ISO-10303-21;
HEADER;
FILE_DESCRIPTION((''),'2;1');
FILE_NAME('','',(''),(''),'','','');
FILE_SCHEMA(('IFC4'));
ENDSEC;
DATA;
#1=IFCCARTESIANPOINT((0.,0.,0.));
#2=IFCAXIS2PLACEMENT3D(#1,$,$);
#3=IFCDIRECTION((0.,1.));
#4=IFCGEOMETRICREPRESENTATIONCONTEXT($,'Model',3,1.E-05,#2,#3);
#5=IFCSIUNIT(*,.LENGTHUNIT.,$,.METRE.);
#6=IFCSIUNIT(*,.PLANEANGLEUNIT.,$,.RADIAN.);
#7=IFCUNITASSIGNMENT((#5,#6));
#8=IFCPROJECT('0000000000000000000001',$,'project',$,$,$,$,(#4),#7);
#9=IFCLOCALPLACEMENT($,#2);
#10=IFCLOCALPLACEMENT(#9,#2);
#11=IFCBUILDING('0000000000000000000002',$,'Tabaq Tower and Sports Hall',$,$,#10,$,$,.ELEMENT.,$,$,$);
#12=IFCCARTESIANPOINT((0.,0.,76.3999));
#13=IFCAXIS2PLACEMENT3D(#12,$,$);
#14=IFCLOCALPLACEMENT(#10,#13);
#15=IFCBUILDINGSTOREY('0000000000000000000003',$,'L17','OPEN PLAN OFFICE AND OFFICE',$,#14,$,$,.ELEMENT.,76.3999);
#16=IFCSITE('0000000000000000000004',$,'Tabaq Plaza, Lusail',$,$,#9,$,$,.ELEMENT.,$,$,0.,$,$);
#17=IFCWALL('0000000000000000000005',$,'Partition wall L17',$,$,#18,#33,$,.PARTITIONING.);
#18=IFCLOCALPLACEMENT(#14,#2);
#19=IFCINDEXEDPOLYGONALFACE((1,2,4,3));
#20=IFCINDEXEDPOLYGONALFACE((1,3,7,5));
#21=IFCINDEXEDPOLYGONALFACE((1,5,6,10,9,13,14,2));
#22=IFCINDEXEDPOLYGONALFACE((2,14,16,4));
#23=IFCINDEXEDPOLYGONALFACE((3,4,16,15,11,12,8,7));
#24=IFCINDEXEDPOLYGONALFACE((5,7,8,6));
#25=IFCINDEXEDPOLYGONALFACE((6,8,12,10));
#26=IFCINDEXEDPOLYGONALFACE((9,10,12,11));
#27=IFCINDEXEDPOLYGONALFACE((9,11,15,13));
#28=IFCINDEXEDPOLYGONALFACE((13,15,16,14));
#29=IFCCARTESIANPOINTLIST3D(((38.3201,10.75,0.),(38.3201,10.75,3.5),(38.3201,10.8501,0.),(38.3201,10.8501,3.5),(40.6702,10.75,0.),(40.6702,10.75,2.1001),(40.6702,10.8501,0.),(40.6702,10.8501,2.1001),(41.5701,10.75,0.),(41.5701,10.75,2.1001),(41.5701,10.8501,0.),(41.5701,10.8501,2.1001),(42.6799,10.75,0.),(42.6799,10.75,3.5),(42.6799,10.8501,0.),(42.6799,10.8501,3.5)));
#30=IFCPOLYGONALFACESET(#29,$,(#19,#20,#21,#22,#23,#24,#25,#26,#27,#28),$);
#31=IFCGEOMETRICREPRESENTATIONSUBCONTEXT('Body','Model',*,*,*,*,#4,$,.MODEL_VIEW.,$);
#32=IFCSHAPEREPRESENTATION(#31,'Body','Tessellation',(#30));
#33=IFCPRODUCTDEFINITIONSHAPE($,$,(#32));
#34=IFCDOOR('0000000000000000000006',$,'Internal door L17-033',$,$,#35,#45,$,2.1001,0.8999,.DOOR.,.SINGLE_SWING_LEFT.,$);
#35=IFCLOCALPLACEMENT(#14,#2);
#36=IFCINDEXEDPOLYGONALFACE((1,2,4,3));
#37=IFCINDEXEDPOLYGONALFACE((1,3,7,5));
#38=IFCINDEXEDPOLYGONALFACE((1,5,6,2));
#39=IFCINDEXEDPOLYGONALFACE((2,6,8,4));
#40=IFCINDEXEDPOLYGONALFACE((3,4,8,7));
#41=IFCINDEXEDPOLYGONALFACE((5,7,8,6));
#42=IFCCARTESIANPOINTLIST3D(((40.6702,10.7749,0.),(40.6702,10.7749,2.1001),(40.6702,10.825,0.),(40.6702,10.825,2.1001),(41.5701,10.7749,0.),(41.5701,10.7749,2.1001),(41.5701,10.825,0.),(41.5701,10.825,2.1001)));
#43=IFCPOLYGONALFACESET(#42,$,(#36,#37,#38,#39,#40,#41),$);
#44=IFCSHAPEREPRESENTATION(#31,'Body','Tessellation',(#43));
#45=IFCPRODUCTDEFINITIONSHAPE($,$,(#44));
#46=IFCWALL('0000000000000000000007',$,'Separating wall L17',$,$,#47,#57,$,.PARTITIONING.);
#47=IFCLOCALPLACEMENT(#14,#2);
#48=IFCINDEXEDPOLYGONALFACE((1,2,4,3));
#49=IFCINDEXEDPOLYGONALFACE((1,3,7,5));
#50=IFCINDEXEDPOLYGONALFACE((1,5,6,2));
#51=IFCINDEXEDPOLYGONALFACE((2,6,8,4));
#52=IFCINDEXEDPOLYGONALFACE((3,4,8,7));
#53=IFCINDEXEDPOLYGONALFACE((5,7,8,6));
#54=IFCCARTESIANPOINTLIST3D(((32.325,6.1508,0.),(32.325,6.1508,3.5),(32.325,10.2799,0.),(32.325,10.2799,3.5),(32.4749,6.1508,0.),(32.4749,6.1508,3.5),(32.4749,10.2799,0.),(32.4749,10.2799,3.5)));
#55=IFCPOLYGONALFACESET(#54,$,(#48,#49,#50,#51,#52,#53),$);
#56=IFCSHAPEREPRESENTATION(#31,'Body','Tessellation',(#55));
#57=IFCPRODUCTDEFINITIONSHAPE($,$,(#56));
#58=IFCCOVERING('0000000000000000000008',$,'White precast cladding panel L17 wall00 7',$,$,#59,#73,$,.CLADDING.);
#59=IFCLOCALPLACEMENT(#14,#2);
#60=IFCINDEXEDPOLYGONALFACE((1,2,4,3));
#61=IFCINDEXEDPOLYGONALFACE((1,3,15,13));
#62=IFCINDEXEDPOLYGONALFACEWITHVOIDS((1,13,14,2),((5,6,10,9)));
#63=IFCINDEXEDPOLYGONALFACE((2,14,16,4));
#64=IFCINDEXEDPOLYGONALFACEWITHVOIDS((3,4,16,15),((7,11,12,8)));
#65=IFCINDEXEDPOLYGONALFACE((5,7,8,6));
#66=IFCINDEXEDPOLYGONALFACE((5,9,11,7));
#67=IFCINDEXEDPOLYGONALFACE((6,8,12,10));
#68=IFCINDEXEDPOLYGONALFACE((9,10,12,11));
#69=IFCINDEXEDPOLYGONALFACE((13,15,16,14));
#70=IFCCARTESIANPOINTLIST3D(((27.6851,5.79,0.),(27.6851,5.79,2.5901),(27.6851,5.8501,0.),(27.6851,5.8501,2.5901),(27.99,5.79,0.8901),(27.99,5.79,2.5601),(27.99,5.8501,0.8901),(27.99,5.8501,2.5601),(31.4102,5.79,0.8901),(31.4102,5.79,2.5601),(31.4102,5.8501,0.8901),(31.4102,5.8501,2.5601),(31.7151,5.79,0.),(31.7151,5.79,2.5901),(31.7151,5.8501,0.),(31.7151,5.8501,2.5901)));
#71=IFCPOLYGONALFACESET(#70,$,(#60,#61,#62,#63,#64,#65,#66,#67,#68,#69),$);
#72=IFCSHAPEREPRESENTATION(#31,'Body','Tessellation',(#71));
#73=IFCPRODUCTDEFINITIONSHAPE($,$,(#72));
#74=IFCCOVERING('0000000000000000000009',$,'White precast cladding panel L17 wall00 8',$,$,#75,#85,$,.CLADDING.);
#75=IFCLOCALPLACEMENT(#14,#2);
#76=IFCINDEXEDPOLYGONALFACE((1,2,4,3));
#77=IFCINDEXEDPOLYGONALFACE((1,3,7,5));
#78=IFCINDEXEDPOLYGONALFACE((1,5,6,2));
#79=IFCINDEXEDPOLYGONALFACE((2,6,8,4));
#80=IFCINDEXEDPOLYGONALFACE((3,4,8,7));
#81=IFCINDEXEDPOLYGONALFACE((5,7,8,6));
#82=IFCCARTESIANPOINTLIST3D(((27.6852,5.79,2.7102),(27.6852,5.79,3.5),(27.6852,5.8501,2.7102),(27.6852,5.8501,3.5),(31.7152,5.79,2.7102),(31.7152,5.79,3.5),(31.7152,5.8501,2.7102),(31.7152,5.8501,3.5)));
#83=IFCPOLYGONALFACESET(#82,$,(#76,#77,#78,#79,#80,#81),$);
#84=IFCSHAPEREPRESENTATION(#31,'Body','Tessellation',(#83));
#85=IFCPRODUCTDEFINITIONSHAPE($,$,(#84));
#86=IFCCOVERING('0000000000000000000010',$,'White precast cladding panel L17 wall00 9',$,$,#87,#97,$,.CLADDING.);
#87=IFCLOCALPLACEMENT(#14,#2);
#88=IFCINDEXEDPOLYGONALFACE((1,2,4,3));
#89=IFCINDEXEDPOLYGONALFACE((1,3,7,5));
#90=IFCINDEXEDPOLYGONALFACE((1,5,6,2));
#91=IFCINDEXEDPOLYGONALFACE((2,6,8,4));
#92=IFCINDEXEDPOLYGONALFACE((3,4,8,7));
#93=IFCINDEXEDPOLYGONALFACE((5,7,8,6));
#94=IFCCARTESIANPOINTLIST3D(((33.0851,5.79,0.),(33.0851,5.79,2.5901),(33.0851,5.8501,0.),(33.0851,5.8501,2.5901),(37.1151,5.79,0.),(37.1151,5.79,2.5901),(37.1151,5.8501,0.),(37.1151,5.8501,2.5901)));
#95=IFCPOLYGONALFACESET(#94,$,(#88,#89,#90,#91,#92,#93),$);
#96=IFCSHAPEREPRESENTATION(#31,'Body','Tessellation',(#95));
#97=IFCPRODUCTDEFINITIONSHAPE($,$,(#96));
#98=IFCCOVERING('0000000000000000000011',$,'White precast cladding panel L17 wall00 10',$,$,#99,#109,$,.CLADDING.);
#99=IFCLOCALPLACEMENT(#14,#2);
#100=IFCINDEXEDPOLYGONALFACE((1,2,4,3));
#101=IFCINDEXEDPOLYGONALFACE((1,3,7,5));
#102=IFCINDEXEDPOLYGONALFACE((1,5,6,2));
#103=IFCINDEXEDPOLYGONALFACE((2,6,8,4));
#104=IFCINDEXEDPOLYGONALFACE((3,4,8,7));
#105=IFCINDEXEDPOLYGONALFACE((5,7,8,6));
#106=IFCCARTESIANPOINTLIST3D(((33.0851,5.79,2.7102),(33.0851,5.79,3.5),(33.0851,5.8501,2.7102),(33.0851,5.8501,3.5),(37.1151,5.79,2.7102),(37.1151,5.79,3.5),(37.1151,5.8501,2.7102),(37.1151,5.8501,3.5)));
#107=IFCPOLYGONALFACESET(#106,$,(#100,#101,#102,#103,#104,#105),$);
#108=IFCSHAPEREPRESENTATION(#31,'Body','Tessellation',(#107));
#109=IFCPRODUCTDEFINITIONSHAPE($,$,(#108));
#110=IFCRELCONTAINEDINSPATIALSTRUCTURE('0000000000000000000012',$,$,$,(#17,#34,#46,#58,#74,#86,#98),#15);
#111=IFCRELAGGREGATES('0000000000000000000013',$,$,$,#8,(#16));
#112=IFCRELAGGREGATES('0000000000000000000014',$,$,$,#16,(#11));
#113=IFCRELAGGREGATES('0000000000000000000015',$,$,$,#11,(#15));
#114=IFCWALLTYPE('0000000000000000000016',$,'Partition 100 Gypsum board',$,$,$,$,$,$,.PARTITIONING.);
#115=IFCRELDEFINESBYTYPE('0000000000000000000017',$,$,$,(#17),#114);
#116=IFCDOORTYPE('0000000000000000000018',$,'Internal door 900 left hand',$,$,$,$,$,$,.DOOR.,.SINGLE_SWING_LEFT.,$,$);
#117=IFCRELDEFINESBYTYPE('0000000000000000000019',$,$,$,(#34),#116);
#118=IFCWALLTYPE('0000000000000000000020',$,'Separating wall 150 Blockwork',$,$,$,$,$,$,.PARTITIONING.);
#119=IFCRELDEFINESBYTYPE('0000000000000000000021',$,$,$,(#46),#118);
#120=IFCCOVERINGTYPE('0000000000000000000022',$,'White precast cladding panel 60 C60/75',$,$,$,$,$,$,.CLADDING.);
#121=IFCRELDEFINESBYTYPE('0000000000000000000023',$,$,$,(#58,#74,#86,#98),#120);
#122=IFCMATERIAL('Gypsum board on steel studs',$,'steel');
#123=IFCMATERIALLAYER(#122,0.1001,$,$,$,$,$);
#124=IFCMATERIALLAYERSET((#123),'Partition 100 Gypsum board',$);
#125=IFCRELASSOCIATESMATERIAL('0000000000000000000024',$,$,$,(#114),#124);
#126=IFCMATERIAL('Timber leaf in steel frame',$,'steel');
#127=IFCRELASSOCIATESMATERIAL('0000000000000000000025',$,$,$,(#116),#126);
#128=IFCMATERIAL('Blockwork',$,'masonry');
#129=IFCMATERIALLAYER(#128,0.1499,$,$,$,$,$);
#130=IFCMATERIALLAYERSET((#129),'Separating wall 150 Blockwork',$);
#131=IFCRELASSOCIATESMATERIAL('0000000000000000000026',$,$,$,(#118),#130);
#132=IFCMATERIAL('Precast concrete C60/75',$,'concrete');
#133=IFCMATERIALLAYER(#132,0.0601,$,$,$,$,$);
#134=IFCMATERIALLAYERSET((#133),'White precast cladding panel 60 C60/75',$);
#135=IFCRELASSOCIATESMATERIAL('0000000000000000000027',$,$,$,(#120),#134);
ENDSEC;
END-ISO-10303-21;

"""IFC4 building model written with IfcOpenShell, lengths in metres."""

from ifc_helpers import new_model, si_unit, direction, frame, frame_2d, origin, place, context, subcontext, project, spatial, polyline, rectangle, outline, extrude, material, layer, layer_set, type_object, element, fill, save


model = new_model("IFC4")

# Units and contexts
model_context = context("Model", 3, precision=1e-05, world=origin(), true_north=direction((0.0, 1.0)))
body_context = subcontext(model_context, "Body", "Model", "MODEL_VIEW")
ifc_project = project(units=[si_unit("LENGTHUNIT", "METRE"), si_unit("PLANEANGLEUNIT", "RADIAN")], contexts=[model_context])

# Site, building, storey
site_placement = place(None, origin())
site = spatial("IfcSite", under=ifc_project, at=site_placement, Name="Tabaq Plaza, Lusail", CompositionType="ELEMENT", RefElevation=0.0)
building_placement = place(site_placement, origin())
building = spatial("IfcBuilding", under=site, at=building_placement, Name="Tabaq Tower and Sports Hall", CompositionType="ELEMENT")
storey_placement = place(building_placement, frame((0.0, 0.0, 76.3999)))
storey = spatial("IfcBuildingStorey", under=building, at=storey_placement, Name="L17", Description="OPEN PLAN OFFICE AND OFFICE", CompositionType="ELEMENT", Elevation=76.3999)

# Shared definitions
ifc_material_1 = material(Name="Gypsum board on steel studs", Category="steel")
ifc_layer_1 = layer(ifc_material_1, 0.1001)
ifc_layer_set_1 = layer_set([ifc_layer_1], Name="Partition 100 Gypsum board")
wall_type_1 = type_object("IfcWallType", Name="Partition 100 Gypsum board", PredefinedType="PARTITIONING", material=ifc_layer_set_1)

# Wall, opening, door
wall_1_placement = place(storey_placement, frame((38.3201, 10.8, 0.0), z_axis=(0.0, 0.0, 1.0), x_axis=(1.0, 0.0, 0.0)))
wall_1 = element("IfcWall", 1, at=wall_1_placement, inside=storey, type_object=wall_type_1, Name="Partition wall L17", PredefinedType="PARTITIONING", context=body_context, shape_type="SweptSolid", body=[
    extrude(rectangle(XDim=4.3599, YDim=0.1001, at=frame_2d((2.1799, 0.0))), origin(), (0.0, 0.0, 1.0), 3.5),
])
opening_1_placement = place(wall_1_placement, frame((2.3501, 0.0, 0.0)))
opening_1 = element("IfcOpeningElement", 2, at=opening_1_placement, cuts=wall_1, PredefinedType="OPENING", context=body_context, shape_type="SweptSolid", body=[
    extrude(rectangle(XDim=0.8999, YDim=2.1001, at=frame_2d((0.45, 1.05))), frame((0.0, 0.05, 0.0), z_axis=(0.0, -1.0, 0.0), x_axis=(1.0, 0.0, 0.0)), (0.0, 0.0, 1.0), 0.1001),
])
ifc_material_2 = material(Name="Timber leaf in steel frame", Category="steel")
door_type_1 = type_object("IfcDoorType", Name="Internal door 900 left hand", OperationType="SINGLE_SWING_LEFT", PredefinedType="DOOR", material=ifc_material_2)
door_1_placement = place(opening_1_placement, origin())
door_1 = element("IfcDoor", 3, at=door_1_placement, inside=storey, type_object=door_type_1, Name="Internal door L17-033", OperationType="SINGLE_SWING_LEFT", OverallHeight=2.1001, OverallWidth=0.8999, PredefinedType="DOOR", context=body_context, shape_type="SweptSolid", body=[
    extrude(rectangle(XDim=0.8999, YDim=2.1001, at=frame_2d((0.45, 1.05))), frame((0.0, 0.0249, 0.0), z_axis=(0.0, -1.0, 0.0), x_axis=(1.0, 0.0, 0.0)), (0.0, 0.0, 1.0), 0.05),
])
fill(opening_1, door_1)

# Wall
ifc_material_3 = material(Name="Blockwork", Category="masonry")
ifc_layer_2 = layer(ifc_material_3, 0.1499)
ifc_layer_set_2 = layer_set([ifc_layer_2], Name="Separating wall 150 Blockwork")
wall_type_2 = type_object("IfcWallType", Name="Separating wall 150 Blockwork", PredefinedType="PARTITIONING", material=ifc_layer_set_2)
wall_2_placement = place(storey_placement, frame((32.3999, 6.1509, 0.0), z_axis=(0.0, 0.0, 1.0), x_axis=(0.0, 1.0, 0.0)))
element("IfcWall", 4, at=wall_2_placement, inside=storey, type_object=wall_type_2, Name="Separating wall L17", PredefinedType="PARTITIONING", context=body_context, shape_type="SweptSolid", body=[
    extrude(rectangle(XDim=4.1292, YDim=0.1499, at=frame_2d((2.0645, 0.0))), origin(), (0.0, 0.0, 1.0), 3.5),
])

# Coverings
ifc_material_4 = material(Name="Precast concrete C60/75", Category="concrete")
ifc_layer_3 = layer(ifc_material_4, 0.0601)
ifc_layer_set_3 = layer_set([ifc_layer_3], Name="White precast cladding panel 60 C60/75")
covering_type = type_object("IfcCoveringType", Name="White precast cladding panel 60 C60/75", PredefinedType="CLADDING", material=ifc_layer_set_3)
covering_1_placement = place(storey_placement, frame((27.6851, 5.8201, 0.0), z_axis=(0.0, 0.0, 1.0), x_axis=(1.0, 0.0, 0.0)))
element("IfcCovering", 5, at=covering_1_placement, inside=storey, type_object=covering_type, Name="White precast cladding panel L17 wall00 7", PredefinedType="CLADDING", context=body_context, shape_type="SweptSolid", body=[
    extrude(outline(polyline([(0.0, 0.0), (4.03, 0.0), (4.03, 2.5901), (0.0, 2.5901), (0.0, 0.0)]), holes=[polyline([(3.7251, 0.8901), (0.3049, 0.8901), (0.3049, 2.5601), (3.7251, 2.5601), (3.7251, 0.8901)])]), frame((0.0, 0.03, 0.0), z_axis=(0.0, -1.0, 0.0), x_axis=(1.0, 0.0, 0.0)), (0.0, 0.0, 1.0), 0.0601),
])
covering_2_placement = place(storey_placement, frame((27.6851, 5.8201, 2.7102), z_axis=(0.0, 0.0, 1.0), x_axis=(1.0, 0.0, 0.0)))
element("IfcCovering", 6, at=covering_2_placement, inside=storey, type_object=covering_type, Name="White precast cladding panel L17 wall00 8", PredefinedType="CLADDING", context=body_context, shape_type="SweptSolid", body=[
    extrude(rectangle(XDim=4.03, YDim=0.0601, at=frame_2d((2.0151, 0.0))), origin(), (0.0, 0.0, 1.0), 0.7898),
])
covering_3_placement = place(storey_placement, frame((33.085, 5.8201, 0.0), z_axis=(0.0, 0.0, 1.0), x_axis=(1.0, 0.0, 0.0)))
element("IfcCovering", 7, at=covering_3_placement, inside=storey, type_object=covering_type, Name="White precast cladding panel L17 wall00 9", PredefinedType="CLADDING", context=body_context, shape_type="SweptSolid", body=[
    extrude(rectangle(XDim=4.03, YDim=0.0601, at=frame_2d((2.0151, 0.0))), origin(), (0.0, 0.0, 1.0), 2.5901),
])
covering_4_placement = place(storey_placement, frame((33.085, 5.8201, 2.7102), z_axis=(0.0, 0.0, 1.0), x_axis=(1.0, 0.0, 0.0)))
element("IfcCovering", 8, at=covering_4_placement, inside=storey, type_object=covering_type, Name="White precast cladding panel L17 wall00 10", PredefinedType="CLADDING", context=body_context, shape_type="SweptSolid", body=[
    extrude(rectangle(XDim=4.03, YDim=0.0601, at=frame_2d((2.0151, 0.0))), origin(), (0.0, 0.0, 1.0), 0.7898),
])

save(model, "model.ifc")
